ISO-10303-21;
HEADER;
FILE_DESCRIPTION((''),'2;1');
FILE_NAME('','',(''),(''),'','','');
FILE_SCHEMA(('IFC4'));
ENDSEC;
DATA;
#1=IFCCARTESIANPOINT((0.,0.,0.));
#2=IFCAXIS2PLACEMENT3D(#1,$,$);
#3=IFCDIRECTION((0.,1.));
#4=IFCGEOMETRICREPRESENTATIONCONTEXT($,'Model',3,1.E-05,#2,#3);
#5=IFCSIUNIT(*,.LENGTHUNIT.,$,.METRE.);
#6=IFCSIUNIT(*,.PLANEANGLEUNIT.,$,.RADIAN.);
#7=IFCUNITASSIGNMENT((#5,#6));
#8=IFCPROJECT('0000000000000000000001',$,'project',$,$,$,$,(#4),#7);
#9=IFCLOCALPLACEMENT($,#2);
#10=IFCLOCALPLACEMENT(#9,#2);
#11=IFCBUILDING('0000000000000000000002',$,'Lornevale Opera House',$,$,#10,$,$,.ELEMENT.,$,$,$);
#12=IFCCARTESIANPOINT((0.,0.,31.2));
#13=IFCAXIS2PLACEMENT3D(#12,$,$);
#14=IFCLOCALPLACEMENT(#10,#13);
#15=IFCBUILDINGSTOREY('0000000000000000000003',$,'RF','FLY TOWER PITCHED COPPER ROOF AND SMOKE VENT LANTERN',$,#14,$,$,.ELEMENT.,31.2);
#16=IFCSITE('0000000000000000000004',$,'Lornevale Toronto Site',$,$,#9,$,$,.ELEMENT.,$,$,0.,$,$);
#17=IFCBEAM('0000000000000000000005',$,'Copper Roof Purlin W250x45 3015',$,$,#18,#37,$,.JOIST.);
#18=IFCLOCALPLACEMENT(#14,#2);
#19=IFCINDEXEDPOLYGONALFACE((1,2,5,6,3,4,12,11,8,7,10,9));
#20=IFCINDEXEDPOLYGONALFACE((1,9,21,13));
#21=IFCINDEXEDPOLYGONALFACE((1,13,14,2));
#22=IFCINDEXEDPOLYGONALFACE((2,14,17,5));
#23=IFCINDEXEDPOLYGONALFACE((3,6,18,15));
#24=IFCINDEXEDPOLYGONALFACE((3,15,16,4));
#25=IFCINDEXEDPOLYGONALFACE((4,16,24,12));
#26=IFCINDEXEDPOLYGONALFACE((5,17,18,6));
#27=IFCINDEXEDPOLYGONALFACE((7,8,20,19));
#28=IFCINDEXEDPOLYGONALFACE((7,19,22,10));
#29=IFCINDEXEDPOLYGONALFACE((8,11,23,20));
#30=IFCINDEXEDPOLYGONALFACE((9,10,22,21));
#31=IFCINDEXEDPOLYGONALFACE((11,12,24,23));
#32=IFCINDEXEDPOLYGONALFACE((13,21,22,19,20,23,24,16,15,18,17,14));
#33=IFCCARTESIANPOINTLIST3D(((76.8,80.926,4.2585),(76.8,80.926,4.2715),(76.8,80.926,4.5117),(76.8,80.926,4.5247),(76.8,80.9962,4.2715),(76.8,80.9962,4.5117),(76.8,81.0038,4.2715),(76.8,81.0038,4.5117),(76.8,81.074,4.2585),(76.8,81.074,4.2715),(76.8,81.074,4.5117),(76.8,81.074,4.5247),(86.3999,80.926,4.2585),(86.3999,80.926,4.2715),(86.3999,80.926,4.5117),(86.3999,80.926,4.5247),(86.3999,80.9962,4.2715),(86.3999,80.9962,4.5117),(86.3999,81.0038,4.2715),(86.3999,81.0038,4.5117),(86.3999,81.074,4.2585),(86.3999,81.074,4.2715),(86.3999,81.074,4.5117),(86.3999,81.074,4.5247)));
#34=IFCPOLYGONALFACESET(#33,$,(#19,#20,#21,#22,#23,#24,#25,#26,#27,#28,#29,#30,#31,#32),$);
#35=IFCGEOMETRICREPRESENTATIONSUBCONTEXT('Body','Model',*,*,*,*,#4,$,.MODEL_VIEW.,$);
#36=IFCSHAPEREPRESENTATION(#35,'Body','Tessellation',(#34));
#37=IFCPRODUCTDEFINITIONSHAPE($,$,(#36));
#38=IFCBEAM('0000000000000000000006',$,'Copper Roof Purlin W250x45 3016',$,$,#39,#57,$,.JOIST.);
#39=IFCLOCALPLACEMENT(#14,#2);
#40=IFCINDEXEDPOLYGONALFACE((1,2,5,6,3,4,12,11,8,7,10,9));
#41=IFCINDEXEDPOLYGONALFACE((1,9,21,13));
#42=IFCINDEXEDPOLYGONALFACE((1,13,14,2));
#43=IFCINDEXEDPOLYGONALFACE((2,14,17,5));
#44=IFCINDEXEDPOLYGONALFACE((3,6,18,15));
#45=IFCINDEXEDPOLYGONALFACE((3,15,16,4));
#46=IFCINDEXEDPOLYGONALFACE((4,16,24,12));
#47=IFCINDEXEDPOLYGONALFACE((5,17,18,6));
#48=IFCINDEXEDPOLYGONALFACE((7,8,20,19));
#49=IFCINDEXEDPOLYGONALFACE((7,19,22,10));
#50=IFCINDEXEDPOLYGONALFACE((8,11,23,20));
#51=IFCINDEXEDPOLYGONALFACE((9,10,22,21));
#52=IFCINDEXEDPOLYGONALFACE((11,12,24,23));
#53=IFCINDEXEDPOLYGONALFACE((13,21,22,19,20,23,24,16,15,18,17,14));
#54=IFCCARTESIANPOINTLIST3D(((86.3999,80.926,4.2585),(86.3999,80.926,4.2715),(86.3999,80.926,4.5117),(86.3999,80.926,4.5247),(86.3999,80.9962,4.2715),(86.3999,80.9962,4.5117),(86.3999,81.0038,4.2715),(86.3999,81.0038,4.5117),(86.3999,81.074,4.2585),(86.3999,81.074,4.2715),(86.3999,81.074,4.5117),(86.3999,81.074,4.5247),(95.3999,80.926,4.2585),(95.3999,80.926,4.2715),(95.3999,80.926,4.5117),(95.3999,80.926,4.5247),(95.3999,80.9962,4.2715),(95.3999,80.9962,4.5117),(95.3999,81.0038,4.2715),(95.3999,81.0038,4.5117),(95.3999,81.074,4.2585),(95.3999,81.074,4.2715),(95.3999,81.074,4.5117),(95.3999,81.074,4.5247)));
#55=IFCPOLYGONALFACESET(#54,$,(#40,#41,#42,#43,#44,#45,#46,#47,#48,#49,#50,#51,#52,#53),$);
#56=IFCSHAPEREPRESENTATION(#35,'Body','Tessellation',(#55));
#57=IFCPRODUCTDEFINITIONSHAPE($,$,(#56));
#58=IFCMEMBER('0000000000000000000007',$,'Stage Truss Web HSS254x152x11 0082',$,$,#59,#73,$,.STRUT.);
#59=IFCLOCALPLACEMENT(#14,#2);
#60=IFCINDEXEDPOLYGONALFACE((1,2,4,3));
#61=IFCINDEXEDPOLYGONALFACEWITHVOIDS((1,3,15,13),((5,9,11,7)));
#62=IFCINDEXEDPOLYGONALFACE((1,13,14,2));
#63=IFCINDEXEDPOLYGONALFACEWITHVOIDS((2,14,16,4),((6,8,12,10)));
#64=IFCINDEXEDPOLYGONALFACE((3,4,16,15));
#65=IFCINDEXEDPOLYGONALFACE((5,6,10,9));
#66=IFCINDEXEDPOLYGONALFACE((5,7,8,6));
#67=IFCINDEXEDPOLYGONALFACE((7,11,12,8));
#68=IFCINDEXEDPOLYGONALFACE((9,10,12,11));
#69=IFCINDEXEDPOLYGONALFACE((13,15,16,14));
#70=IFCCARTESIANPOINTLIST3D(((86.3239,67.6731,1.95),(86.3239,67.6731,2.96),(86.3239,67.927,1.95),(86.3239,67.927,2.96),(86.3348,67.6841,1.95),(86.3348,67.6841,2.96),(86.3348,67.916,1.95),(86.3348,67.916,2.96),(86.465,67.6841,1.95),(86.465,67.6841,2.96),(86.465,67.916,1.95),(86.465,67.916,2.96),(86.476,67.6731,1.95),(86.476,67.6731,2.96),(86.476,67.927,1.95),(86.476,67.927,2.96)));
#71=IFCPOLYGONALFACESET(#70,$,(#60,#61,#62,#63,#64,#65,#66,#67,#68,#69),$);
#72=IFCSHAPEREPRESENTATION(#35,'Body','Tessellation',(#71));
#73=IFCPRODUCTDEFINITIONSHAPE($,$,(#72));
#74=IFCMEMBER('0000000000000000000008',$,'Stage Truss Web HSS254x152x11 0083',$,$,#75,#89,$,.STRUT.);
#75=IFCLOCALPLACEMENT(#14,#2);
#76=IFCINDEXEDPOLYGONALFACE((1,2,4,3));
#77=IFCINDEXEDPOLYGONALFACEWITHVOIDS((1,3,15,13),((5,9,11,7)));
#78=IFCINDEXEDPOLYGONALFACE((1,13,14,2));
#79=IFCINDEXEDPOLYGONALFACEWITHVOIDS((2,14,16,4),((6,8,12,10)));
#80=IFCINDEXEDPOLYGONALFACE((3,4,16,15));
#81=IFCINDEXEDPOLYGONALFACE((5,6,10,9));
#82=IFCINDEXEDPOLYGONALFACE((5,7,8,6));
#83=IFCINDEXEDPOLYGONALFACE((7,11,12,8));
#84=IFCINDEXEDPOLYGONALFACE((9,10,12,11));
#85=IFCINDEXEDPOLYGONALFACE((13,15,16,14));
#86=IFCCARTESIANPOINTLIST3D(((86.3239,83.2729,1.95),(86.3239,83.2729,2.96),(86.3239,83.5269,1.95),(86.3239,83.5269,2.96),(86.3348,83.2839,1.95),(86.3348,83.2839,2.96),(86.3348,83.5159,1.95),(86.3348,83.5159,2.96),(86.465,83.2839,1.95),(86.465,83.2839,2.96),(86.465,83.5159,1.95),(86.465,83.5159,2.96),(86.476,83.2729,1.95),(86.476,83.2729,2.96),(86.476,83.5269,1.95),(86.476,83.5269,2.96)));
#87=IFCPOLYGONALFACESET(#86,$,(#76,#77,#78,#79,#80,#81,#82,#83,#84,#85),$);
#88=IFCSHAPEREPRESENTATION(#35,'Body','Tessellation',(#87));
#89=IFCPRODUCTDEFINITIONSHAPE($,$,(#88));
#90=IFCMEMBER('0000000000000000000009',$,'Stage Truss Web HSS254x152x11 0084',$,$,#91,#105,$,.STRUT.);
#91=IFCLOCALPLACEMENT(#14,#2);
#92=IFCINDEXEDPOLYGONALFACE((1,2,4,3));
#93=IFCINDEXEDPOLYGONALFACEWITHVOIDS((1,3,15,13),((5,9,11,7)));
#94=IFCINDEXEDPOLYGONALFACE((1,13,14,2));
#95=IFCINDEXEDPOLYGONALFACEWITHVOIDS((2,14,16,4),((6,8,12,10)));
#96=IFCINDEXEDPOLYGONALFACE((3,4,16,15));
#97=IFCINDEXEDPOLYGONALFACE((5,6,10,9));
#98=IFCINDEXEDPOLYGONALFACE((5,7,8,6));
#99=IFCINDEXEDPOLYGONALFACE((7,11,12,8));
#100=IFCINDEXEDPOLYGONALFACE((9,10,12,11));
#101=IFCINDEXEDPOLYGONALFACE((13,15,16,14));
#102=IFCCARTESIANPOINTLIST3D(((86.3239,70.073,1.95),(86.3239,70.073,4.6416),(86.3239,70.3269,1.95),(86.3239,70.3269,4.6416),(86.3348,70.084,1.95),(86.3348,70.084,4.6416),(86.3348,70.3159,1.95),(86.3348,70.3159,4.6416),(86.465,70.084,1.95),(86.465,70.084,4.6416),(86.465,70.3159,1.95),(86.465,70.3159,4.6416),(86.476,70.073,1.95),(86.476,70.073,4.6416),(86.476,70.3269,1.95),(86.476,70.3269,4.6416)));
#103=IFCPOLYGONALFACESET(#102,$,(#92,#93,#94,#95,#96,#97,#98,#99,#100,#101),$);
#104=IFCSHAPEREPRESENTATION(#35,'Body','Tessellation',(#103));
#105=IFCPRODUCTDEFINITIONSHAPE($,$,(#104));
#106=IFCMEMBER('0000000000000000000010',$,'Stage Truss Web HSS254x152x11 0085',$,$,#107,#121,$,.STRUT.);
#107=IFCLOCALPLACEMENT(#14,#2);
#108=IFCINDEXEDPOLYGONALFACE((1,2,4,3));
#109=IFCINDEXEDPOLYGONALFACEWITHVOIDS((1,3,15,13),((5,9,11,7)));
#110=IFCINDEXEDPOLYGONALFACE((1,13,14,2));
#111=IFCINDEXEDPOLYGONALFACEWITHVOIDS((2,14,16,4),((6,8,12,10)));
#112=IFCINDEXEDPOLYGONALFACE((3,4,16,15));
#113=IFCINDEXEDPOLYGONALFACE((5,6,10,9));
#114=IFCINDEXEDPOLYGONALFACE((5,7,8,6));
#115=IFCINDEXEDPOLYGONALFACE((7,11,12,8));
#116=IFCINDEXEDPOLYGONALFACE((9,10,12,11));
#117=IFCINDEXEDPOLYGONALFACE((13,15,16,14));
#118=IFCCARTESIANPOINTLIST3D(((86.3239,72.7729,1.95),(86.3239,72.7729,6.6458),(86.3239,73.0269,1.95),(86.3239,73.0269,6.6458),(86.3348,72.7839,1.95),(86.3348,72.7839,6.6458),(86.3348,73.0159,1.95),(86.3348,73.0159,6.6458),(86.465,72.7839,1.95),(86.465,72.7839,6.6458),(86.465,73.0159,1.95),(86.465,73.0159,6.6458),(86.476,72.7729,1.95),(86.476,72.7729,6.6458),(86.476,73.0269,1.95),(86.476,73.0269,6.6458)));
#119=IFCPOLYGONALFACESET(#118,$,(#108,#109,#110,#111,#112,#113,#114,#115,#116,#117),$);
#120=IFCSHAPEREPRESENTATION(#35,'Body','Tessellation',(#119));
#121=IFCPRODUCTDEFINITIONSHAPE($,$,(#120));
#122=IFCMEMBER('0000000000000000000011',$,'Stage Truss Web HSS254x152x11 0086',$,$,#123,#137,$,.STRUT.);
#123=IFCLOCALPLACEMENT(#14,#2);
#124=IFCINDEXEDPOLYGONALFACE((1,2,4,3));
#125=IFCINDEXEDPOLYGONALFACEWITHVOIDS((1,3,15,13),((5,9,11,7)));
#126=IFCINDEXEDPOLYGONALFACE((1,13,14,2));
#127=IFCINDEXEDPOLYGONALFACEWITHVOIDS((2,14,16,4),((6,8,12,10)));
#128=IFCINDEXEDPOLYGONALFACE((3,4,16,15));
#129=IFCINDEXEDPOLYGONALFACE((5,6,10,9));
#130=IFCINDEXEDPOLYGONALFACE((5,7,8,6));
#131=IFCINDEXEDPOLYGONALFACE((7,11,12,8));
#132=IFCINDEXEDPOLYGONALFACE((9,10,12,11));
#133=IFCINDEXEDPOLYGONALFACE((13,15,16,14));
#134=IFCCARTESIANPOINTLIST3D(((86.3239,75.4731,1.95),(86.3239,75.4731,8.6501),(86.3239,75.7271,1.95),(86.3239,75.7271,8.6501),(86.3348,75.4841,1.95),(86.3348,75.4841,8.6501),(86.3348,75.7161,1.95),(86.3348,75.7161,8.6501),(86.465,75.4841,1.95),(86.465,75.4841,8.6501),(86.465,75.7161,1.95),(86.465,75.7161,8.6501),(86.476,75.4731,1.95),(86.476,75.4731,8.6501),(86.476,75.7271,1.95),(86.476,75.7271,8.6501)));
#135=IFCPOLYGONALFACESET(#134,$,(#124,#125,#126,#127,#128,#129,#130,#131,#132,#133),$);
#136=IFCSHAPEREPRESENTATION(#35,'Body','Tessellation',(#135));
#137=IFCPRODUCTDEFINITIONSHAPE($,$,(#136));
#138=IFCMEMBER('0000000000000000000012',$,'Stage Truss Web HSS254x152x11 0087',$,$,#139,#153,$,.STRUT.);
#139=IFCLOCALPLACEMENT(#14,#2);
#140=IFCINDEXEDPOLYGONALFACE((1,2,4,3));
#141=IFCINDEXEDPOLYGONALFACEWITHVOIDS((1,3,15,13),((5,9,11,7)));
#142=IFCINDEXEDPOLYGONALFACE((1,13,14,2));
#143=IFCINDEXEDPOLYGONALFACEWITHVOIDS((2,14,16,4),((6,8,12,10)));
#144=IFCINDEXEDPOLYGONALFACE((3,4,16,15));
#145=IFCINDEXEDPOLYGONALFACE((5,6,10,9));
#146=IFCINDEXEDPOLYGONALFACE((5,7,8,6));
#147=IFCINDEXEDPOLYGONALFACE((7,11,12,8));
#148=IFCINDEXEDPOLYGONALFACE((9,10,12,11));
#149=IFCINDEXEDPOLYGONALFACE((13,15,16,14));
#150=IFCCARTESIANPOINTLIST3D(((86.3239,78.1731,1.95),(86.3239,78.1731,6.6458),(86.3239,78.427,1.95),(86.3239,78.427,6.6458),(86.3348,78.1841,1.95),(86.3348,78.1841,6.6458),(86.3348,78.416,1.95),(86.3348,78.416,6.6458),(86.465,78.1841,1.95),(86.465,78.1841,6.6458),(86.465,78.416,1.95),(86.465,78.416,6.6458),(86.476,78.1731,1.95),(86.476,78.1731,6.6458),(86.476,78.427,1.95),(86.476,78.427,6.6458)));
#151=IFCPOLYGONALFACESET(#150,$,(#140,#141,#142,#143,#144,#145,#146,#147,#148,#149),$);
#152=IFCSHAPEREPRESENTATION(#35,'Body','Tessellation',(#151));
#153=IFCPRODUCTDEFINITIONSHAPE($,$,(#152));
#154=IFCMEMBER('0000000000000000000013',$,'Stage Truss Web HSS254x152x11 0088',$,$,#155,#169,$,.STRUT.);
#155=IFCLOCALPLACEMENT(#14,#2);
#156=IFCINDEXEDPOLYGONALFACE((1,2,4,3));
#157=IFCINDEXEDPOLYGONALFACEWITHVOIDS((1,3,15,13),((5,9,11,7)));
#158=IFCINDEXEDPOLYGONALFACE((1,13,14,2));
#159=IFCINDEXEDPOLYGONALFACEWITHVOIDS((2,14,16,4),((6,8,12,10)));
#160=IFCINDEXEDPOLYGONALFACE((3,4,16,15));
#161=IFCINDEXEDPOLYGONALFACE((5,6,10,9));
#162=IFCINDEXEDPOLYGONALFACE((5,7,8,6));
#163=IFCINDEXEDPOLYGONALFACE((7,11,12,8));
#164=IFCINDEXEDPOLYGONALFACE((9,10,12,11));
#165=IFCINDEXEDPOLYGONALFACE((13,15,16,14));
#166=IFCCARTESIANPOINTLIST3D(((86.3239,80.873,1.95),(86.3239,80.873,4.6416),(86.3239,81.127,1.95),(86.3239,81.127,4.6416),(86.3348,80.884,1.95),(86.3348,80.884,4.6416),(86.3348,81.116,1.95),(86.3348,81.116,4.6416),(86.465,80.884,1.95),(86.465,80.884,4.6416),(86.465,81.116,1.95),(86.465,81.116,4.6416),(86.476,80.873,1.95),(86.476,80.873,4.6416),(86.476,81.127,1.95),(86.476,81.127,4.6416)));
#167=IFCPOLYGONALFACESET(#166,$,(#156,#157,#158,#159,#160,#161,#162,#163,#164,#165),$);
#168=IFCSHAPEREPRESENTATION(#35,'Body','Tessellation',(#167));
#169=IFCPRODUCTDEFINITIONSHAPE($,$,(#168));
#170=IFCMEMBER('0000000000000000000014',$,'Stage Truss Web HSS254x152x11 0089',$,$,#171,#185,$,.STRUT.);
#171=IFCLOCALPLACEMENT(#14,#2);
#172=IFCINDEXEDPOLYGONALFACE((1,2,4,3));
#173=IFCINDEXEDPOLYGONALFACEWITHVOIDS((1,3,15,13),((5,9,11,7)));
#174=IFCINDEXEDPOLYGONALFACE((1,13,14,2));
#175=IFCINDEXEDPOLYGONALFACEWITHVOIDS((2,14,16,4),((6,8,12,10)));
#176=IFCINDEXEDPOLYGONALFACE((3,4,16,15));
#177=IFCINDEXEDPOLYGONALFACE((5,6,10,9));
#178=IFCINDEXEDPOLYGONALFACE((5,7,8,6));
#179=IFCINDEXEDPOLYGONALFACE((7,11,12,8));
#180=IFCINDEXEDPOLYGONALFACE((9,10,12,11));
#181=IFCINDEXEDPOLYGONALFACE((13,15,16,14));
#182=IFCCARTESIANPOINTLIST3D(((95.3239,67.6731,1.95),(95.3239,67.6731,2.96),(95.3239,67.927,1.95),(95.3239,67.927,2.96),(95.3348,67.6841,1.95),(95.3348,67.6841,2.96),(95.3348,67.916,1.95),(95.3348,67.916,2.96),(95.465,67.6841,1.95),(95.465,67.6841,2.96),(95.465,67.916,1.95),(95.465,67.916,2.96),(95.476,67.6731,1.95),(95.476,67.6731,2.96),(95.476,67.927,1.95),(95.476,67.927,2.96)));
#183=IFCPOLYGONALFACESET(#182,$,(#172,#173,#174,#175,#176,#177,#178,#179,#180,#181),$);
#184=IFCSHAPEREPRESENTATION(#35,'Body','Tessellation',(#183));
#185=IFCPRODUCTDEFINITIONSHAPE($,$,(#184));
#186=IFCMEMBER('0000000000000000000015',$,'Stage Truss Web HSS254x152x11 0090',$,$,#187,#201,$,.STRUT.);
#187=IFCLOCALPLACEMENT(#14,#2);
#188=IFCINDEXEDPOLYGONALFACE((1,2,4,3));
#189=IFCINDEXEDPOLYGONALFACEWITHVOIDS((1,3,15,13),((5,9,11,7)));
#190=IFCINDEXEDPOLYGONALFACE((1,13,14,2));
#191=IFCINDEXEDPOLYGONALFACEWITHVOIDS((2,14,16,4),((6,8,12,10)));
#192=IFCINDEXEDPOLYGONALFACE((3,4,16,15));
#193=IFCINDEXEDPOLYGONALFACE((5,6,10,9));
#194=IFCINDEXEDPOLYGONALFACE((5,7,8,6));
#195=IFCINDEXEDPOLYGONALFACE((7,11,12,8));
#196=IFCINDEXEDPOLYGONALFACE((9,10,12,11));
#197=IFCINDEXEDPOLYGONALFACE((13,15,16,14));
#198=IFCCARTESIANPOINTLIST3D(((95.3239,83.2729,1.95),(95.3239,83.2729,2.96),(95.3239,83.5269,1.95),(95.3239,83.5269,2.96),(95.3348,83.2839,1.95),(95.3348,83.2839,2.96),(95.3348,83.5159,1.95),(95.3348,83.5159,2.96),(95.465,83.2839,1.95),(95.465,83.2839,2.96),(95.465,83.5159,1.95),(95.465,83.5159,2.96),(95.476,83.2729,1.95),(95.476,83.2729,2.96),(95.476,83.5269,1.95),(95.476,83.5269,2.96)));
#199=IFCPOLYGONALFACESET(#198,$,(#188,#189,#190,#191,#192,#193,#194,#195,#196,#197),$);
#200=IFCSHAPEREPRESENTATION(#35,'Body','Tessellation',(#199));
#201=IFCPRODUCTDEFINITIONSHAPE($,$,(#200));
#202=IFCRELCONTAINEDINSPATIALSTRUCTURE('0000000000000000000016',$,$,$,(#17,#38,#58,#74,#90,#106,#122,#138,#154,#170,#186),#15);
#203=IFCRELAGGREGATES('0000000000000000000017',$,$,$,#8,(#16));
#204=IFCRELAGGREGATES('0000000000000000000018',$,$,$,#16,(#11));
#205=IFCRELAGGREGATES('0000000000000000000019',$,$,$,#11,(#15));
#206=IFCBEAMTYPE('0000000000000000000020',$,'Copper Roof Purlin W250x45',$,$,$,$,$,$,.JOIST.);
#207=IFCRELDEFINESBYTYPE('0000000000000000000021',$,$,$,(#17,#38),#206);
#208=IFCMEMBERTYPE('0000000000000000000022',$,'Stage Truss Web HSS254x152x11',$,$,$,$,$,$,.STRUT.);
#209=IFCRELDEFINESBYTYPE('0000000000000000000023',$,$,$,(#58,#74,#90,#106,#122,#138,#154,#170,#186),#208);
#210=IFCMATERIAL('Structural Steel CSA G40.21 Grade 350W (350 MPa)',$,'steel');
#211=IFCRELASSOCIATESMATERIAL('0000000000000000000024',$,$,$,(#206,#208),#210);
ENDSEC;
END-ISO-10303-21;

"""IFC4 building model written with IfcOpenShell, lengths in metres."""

from ifc_helpers import new_model, si_unit, direction, frame, origin, origin_2d, place, context, subcontext, project, spatial, hollow_rectangle, i_section, extrude, material, material_profile, profile_set, type_object, element, save


model = new_model("IFC4")

# Units and contexts
model_context = context("Model", 3, precision=1e-05, world=origin(), true_north=direction((0.0, 1.0)))
body_context = subcontext(model_context, "Body", "Model", "MODEL_VIEW")
ifc_project = project(units=[si_unit("LENGTHUNIT", "METRE"), si_unit("PLANEANGLEUNIT", "RADIAN")], contexts=[model_context])

# Site, building, storey
site_placement = place(None, origin())
site = spatial("IfcSite", under=ifc_project, at=site_placement, Name="Lornevale Toronto Site", CompositionType="ELEMENT", RefElevation=0.0)
building_placement = place(site_placement, origin())
building = spatial("IfcBuilding", under=site, at=building_placement, Name="Lornevale Opera House", CompositionType="ELEMENT")
storey_placement = place(building_placement, frame((0.0, 0.0, 31.2)))
storey = spatial("IfcBuildingStorey", under=building, at=storey_placement, Name="RF", Description="FLY TOWER PITCHED COPPER ROOF AND SMOKE VENT LANTERN", CompositionType="ELEMENT", Elevation=31.2)

# Beams
ifc_material_1 = material(Name="Structural Steel CSA G40.21 Grade 350W (350 MPa)", Category="steel")
ifc_material_profile_1 = material_profile(ifc_material_1, i_section(OverallWidth=0.1479, OverallDepth=0.2661, WebThickness=0.0076, FlangeThickness=0.0129, at=origin_2d()), Name="W250x45")
ifc_profile_set_1 = profile_set([ifc_material_profile_1], Name="Structural Steel CSA G40.21 Grade 350W (350 MPa)")
beam_type_1 = type_object("IfcBeamType", Name="Copper Roof Purlin W250x45", PredefinedType="JOIST", material=ifc_profile_set_1)
beam_1_placement = place(storey_placement, frame((76.8, 81.0, 4.3916), z_axis=(1.0, 0.0, 0.0), x_axis=(0.0, 1.0, 0.0)))
element("IfcBeam", 1, at=beam_1_placement, inside=storey, type_object=beam_type_1, Name="Copper Roof Purlin W250x45 3015", PredefinedType="JOIST", context=body_context, shape_type="SweptSolid", body=[
    extrude(i_section(OverallWidth=0.1479, OverallDepth=0.2661, WebThickness=0.0076, FlangeThickness=0.0129, at=origin_2d()), origin(), (0.0, 0.0, 1.0), 9.5999),
])
beam_2_placement = place(storey_placement, frame((86.3999, 81.0, 4.3916), z_axis=(1.0, 0.0, 0.0), x_axis=(0.0, 1.0, 0.0)))
element("IfcBeam", 2, at=beam_2_placement, inside=storey, type_object=beam_type_1, Name="Copper Roof Purlin W250x45 3016", PredefinedType="JOIST", context=body_context, shape_type="SweptSolid", body=[
    extrude(i_section(OverallWidth=0.1479, OverallDepth=0.2661, WebThickness=0.0076, FlangeThickness=0.0129, at=origin_2d()), origin(), (0.0, 0.0, 1.0), 9.0),
])

# Members
ifc_material_profile_2 = material_profile(ifc_material_1, hollow_rectangle(XDim=0.1521, YDim=0.2539, WallThickness=0.011, at=origin_2d()), Name="HSS254x152x11")
ifc_profile_set_2 = profile_set([ifc_material_profile_2], Name="Structural Steel CSA G40.21 Grade 350W (350 MPa)")
member_type = type_object("IfcMemberType", Name="Stage Truss Web HSS254x152x11", PredefinedType="STRUT", material=ifc_profile_set_2)
for number, where, z_axis, x_axis, name in (
    (3, (86.3999, 67.8, 1.95), (0.0, 0.0, 1.0), (1.0, 0.0, 0.0), "Stage Truss Web HSS254x152x11 0082"),
    (4, (86.3999, 83.3999, 1.95), (0.0, 0.0, 1.0), (1.0, 0.0, 0.0), "Stage Truss Web HSS254x152x11 0083"),
):
    element("IfcMember", number, at=place(storey_placement, frame(where, z_axis=z_axis, x_axis=x_axis)), inside=storey, type_object=member_type, Name=name, PredefinedType="STRUT", context=body_context, shape_type="SweptSolid", body=[
        extrude(hollow_rectangle(XDim=0.1521, YDim=0.2539, WallThickness=0.011, at=origin_2d()), origin(), (0.0, 0.0, 1.0), 1.01),
    ])
member_1_placement = place(storey_placement, frame((86.3999, 70.2, 1.95), z_axis=(0.0, 0.0, 1.0), x_axis=(1.0, 0.0, 0.0)))
element("IfcMember", 5, at=member_1_placement, inside=storey, type_object=member_type, Name="Stage Truss Web HSS254x152x11 0084", PredefinedType="STRUT", context=body_context, shape_type="SweptSolid", body=[
    extrude(hollow_rectangle(XDim=0.1521, YDim=0.2539, WallThickness=0.011, at=origin_2d()), origin(), (0.0, 0.0, 1.0), 2.6917),
])
member_2_placement = place(storey_placement, frame((86.3999, 72.8999, 1.95), z_axis=(0.0, 0.0, 1.0), x_axis=(1.0, 0.0, 0.0)))
element("IfcMember", 6, at=member_2_placement, inside=storey, type_object=member_type, Name="Stage Truss Web HSS254x152x11 0085", PredefinedType="STRUT", context=body_context, shape_type="SweptSolid", body=[
    extrude(hollow_rectangle(XDim=0.1521, YDim=0.2539, WallThickness=0.011, at=origin_2d()), origin(), (0.0, 0.0, 1.0), 4.6958),
])
member_3_placement = place(storey_placement, frame((86.3999, 75.6001, 1.95), z_axis=(0.0, 0.0, 1.0), x_axis=(1.0, 0.0, 0.0)))
element("IfcMember", 7, at=member_3_placement, inside=storey, type_object=member_type, Name="Stage Truss Web HSS254x152x11 0086", PredefinedType="STRUT", context=body_context, shape_type="SweptSolid", body=[
    extrude(hollow_rectangle(XDim=0.1521, YDim=0.2539, WallThickness=0.011, at=origin_2d()), origin(), (0.0, 0.0, 1.0), 6.7002),
])
member_4_placement = place(storey_placement, frame((86.3999, 78.3, 1.95), z_axis=(0.0, 0.0, 1.0), x_axis=(1.0, 0.0, 0.0)))
element("IfcMember", 8, at=member_4_placement, inside=storey, type_object=member_type, Name="Stage Truss Web HSS254x152x11 0087", PredefinedType="STRUT", context=body_context, shape_type="SweptSolid", body=[
    extrude(hollow_rectangle(XDim=0.1521, YDim=0.2539, WallThickness=0.011, at=origin_2d()), origin(), (0.0, 0.0, 1.0), 4.6958),
])
member_5_placement = place(storey_placement, frame((86.3999, 81.0, 1.95), z_axis=(0.0, 0.0, 1.0), x_axis=(1.0, 0.0, 0.0)))
element("IfcMember", 9, at=member_5_placement, inside=storey, type_object=member_type, Name="Stage Truss Web HSS254x152x11 0088", PredefinedType="STRUT", context=body_context, shape_type="SweptSolid", body=[
    extrude(hollow_rectangle(XDim=0.1521, YDim=0.2539, WallThickness=0.011, at=origin_2d()), origin(), (0.0, 0.0, 1.0), 2.6917),
])
for number, where, z_axis, x_axis, name in (
    (10, (95.3999, 67.8, 1.95), (0.0, 0.0, 1.0), (1.0, 0.0, 0.0), "Stage Truss Web HSS254x152x11 0089"),
    (11, (95.3999, 83.3999, 1.95), (0.0, 0.0, 1.0), (1.0, 0.0, 0.0), "Stage Truss Web HSS254x152x11 0090"),
):
    element("IfcMember", number, at=place(storey_placement, frame(where, z_axis=z_axis, x_axis=x_axis)), inside=storey, type_object=member_type, Name=name, PredefinedType="STRUT", context=body_context, shape_type="SweptSolid", body=[
        extrude(hollow_rectangle(XDim=0.1521, YDim=0.2539, WallThickness=0.011, at=origin_2d()), origin(), (0.0, 0.0, 1.0), 1.01),
    ])

save(model, "model.ifc")
